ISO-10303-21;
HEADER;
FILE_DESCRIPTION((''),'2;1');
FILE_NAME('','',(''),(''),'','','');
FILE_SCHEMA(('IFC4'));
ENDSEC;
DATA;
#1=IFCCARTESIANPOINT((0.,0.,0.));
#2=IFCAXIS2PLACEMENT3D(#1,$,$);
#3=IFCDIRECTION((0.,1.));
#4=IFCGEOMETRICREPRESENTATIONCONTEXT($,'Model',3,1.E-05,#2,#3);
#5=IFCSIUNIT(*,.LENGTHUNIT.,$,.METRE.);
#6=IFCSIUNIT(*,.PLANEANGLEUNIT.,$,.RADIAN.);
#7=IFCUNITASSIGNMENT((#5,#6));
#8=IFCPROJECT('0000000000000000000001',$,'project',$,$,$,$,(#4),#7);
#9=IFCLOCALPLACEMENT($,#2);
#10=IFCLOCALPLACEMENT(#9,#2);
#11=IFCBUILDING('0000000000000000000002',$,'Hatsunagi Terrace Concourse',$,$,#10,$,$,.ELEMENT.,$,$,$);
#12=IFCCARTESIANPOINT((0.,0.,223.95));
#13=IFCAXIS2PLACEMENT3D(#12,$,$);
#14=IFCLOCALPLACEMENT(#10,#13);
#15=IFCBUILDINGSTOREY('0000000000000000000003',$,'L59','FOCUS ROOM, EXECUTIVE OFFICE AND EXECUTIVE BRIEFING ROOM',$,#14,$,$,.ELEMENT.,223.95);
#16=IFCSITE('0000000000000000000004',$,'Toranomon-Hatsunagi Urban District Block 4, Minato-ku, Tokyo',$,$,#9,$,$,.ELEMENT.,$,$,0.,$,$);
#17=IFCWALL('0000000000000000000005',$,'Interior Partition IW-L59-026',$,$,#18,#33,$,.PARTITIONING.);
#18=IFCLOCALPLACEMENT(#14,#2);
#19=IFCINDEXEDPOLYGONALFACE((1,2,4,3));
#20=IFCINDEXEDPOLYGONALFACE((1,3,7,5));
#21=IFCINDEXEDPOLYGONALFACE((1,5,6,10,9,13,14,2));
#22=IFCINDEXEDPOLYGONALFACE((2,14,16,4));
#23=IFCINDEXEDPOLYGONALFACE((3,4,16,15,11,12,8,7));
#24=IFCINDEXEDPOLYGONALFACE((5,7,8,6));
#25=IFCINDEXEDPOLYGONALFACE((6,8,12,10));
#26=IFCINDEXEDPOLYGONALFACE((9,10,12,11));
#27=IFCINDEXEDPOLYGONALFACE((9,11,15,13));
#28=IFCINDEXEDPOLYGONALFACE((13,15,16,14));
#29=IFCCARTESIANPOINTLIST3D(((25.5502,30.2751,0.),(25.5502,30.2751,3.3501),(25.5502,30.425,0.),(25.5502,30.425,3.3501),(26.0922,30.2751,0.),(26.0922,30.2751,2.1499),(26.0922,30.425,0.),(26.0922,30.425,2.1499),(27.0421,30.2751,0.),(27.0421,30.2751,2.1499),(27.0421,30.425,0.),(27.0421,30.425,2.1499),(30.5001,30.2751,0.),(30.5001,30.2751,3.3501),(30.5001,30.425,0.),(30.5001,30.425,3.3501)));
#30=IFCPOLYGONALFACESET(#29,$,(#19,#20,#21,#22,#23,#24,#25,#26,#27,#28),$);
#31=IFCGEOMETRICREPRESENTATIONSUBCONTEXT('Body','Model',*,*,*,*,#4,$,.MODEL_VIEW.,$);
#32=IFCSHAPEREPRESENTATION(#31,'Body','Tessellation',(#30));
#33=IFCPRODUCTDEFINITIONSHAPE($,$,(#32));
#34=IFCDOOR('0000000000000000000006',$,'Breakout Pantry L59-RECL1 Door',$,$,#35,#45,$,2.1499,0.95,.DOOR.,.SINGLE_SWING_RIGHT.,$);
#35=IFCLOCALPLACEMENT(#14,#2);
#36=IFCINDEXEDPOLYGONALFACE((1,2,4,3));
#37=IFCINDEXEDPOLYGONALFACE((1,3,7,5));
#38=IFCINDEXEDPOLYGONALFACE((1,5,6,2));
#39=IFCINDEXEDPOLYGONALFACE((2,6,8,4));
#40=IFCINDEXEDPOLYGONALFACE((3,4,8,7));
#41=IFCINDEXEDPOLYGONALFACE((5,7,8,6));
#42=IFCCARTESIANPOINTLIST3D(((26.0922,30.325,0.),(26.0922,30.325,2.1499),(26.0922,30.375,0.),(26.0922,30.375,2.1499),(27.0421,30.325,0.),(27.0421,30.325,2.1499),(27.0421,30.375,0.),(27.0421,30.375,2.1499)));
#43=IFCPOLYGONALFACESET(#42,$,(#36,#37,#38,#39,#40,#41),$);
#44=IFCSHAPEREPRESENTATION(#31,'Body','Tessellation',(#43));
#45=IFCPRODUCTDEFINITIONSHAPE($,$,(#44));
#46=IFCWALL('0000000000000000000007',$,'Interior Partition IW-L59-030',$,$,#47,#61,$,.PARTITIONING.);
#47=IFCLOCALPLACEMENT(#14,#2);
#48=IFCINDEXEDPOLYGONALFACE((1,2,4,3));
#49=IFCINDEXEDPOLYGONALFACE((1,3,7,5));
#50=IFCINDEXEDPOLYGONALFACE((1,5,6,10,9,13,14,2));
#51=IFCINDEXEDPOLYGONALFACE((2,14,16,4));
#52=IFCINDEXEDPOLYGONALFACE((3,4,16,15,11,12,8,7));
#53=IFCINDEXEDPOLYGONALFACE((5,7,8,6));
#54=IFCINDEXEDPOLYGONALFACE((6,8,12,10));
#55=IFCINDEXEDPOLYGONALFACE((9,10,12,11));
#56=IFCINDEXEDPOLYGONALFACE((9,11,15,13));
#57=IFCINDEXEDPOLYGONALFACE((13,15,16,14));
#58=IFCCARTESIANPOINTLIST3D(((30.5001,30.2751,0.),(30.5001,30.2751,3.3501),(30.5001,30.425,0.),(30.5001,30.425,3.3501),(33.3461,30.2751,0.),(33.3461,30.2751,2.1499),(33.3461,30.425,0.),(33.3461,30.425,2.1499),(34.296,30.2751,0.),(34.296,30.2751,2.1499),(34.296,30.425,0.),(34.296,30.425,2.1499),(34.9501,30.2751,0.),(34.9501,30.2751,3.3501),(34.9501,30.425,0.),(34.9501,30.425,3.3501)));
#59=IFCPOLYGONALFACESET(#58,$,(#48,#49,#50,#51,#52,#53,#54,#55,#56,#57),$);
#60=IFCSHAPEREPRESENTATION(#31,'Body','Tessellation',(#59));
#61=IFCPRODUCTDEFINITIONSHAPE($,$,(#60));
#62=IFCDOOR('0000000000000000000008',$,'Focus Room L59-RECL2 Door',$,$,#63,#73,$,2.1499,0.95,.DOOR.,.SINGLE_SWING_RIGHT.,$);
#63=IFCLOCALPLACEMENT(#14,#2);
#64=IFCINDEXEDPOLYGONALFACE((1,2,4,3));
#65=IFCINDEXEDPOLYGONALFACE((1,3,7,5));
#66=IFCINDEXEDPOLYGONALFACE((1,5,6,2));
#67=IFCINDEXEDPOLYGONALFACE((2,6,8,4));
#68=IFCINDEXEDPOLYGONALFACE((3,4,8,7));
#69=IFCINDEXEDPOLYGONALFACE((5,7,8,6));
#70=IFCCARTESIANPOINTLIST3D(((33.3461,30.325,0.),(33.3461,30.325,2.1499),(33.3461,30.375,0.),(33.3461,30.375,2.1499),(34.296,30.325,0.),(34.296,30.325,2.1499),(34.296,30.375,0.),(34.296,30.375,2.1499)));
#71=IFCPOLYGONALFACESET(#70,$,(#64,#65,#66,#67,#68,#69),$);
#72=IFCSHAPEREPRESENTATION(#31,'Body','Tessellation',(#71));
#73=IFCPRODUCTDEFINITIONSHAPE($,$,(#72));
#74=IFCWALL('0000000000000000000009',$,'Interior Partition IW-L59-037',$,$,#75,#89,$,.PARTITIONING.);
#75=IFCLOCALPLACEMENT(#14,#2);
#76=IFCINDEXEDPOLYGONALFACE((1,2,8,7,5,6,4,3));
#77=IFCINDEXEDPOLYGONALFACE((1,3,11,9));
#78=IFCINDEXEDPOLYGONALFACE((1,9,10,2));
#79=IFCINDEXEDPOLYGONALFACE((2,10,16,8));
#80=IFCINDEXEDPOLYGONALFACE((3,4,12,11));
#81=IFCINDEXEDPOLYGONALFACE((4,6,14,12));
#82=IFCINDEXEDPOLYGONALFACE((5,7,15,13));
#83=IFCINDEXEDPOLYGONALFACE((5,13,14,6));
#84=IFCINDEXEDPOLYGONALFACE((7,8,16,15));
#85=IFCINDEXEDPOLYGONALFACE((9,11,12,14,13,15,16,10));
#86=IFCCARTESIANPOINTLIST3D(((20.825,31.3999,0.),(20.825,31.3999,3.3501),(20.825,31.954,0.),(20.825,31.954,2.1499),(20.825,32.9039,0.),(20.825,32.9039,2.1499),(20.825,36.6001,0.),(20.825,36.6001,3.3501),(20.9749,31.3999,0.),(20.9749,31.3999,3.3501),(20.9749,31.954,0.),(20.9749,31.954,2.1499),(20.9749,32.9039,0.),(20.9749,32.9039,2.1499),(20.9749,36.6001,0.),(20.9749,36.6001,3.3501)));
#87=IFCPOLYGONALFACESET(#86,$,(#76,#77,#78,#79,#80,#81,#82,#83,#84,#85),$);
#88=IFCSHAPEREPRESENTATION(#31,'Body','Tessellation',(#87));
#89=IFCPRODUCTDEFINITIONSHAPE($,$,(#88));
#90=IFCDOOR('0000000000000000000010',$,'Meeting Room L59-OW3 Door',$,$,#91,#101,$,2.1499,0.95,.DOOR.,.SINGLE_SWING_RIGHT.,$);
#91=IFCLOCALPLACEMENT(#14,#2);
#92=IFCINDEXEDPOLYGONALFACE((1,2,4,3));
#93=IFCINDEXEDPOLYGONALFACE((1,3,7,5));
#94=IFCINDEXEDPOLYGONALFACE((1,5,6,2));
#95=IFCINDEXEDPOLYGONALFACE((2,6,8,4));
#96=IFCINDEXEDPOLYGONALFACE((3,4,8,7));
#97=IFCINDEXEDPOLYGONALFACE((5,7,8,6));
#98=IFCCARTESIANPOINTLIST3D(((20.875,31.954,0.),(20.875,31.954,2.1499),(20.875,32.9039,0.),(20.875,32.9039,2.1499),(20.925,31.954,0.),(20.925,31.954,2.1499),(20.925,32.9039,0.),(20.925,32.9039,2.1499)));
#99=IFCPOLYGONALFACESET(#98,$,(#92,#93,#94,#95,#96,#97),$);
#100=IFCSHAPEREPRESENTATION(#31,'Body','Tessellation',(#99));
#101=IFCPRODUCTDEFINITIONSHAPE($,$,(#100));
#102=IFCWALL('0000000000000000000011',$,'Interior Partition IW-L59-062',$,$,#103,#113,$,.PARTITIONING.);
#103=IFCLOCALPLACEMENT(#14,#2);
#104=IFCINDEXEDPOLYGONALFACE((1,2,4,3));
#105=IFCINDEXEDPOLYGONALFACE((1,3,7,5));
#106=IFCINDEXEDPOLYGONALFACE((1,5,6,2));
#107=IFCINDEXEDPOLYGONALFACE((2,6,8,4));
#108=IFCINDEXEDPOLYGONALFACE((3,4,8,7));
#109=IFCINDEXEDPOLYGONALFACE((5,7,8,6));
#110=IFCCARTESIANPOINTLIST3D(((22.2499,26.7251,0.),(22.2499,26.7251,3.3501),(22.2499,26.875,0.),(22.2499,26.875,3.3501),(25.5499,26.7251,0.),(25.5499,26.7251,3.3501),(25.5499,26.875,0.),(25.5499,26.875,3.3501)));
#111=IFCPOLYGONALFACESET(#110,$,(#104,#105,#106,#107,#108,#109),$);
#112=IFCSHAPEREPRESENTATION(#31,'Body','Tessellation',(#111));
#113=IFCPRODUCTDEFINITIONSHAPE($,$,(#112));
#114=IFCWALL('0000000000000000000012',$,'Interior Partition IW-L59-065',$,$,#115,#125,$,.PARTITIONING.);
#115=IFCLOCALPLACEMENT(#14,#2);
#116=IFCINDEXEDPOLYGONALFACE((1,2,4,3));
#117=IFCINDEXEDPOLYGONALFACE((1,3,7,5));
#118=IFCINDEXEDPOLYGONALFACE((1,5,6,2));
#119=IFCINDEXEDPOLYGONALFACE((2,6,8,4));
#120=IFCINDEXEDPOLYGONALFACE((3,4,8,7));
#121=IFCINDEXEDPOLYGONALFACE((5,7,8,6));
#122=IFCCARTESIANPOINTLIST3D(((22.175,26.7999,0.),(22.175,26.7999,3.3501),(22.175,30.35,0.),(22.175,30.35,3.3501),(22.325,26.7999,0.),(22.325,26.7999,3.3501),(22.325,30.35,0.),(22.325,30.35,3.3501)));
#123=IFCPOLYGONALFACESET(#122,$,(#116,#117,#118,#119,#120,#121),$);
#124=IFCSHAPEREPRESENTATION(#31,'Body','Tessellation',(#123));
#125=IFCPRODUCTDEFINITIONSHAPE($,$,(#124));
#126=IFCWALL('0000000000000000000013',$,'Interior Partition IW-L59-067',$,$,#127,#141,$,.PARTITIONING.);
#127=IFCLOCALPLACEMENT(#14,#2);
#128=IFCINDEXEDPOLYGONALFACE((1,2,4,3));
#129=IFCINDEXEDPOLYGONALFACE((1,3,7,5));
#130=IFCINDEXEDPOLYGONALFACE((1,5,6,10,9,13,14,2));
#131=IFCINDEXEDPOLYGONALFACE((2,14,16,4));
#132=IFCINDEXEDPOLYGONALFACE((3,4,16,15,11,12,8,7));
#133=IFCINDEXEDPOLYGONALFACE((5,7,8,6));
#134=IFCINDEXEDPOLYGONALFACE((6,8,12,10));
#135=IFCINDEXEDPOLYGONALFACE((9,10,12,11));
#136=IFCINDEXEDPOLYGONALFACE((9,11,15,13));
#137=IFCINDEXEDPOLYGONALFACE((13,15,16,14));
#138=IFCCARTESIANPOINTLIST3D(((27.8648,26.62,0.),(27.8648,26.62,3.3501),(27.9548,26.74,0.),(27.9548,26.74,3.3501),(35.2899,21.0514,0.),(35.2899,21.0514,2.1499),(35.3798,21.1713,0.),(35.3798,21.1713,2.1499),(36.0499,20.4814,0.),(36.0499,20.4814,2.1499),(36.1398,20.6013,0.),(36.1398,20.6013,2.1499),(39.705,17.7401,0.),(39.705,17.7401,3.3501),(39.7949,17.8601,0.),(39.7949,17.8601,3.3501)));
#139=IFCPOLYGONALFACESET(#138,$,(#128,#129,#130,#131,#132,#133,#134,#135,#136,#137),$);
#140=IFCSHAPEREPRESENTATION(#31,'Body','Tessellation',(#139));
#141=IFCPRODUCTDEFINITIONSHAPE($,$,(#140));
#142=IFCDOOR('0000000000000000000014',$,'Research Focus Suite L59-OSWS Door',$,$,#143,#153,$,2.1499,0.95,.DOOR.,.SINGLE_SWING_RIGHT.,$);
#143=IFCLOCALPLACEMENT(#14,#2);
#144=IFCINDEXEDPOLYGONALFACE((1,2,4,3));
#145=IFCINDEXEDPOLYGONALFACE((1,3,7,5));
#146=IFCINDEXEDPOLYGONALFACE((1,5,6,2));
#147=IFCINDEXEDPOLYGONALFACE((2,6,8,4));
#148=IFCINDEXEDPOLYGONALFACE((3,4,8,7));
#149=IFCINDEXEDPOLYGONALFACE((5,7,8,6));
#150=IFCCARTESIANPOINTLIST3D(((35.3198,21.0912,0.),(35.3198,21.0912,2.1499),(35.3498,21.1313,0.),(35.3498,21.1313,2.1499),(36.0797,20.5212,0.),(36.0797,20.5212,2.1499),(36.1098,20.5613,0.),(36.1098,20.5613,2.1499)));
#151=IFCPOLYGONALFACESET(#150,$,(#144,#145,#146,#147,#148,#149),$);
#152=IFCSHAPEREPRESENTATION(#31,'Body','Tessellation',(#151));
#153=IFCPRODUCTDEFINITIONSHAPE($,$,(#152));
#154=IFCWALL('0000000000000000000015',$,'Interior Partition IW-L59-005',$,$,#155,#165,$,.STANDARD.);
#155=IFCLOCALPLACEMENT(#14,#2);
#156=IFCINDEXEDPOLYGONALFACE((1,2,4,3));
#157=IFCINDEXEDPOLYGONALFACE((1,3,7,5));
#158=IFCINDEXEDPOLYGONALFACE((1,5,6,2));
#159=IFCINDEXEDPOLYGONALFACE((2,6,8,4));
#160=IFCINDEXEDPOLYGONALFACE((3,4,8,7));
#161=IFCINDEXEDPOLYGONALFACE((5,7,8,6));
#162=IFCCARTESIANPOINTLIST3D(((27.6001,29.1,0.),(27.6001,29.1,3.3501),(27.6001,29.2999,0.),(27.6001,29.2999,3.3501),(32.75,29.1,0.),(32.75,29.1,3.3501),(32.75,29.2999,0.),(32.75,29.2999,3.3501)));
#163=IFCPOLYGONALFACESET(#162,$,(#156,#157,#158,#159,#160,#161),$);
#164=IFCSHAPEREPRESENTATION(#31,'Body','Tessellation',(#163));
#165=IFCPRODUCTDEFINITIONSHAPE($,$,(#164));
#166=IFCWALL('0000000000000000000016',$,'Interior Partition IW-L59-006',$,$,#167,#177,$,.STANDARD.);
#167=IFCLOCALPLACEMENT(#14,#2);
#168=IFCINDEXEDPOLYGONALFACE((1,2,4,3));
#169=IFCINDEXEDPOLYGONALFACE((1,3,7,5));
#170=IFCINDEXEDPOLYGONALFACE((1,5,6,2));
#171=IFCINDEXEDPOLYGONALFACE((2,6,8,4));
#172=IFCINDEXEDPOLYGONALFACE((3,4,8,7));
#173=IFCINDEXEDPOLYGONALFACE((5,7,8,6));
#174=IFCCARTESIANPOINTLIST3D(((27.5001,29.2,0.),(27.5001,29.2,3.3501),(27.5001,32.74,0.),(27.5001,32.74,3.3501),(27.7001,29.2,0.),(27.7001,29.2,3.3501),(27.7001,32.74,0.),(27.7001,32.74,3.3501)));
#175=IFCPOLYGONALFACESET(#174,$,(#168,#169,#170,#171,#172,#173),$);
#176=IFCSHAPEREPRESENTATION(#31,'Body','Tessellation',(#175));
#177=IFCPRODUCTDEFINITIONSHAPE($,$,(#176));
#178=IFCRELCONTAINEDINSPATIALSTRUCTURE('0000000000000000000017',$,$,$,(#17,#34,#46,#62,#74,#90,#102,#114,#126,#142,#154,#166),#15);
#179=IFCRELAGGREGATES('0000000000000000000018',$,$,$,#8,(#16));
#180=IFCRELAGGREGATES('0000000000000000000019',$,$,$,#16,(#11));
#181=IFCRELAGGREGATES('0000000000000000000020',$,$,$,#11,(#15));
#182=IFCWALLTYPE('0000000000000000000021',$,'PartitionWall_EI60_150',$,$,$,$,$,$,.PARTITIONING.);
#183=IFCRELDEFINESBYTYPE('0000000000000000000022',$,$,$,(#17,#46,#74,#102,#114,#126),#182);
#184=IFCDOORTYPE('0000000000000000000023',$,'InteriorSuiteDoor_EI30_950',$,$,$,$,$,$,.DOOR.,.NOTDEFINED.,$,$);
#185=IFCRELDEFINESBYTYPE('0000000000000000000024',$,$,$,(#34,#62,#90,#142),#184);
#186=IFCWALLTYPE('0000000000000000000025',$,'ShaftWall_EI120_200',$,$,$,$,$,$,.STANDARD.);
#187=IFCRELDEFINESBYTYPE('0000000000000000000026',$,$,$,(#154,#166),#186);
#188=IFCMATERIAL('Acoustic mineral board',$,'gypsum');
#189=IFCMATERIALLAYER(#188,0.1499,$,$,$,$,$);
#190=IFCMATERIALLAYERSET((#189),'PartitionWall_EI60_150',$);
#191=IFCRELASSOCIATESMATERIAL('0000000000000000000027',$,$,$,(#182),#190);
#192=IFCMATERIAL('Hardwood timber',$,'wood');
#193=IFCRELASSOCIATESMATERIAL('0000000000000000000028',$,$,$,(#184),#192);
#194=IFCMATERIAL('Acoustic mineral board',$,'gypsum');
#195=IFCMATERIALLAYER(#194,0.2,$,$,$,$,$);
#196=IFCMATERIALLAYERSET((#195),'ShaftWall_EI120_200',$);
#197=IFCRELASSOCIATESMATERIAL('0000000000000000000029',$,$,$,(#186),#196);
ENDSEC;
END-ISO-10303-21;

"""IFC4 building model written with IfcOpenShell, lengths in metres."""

from ifc_helpers import new_model, si_unit, direction, frame, frame_2d, origin, place, context, subcontext, project, spatial, rectangle, extrude, material, layer, layer_set, type_object, element, fill, save


model = new_model("IFC4")

# Units and contexts
model_context = context("Model", 3, precision=1e-05, world=origin(), true_north=direction((0.0, 1.0)))
body_context = subcontext(model_context, "Body", "Model", "MODEL_VIEW")
ifc_project = project(units=[si_unit("LENGTHUNIT", "METRE"), si_unit("PLANEANGLEUNIT", "RADIAN")], contexts=[model_context])

# Site, building, storey
site_placement = place(None, origin())
site = spatial("IfcSite", under=ifc_project, at=site_placement, Name="Toranomon-Hatsunagi Urban District Block 4, Minato-ku, Tokyo", CompositionType="ELEMENT", RefElevation=0.0)
building_placement = place(site_placement, origin())
building = spatial("IfcBuilding", under=site, at=building_placement, Name="Hatsunagi Terrace Concourse", CompositionType="ELEMENT")
storey_placement = place(building_placement, frame((0.0, 0.0, 223.95)))
storey = spatial("IfcBuildingStorey", under=building, at=storey_placement, Name="L59", Description="FOCUS ROOM, EXECUTIVE OFFICE AND EXECUTIVE BRIEFING ROOM", CompositionType="ELEMENT", Elevation=223.95)

# Shared definitions
ifc_material_1 = material(Name="Acoustic mineral board", Category="gypsum")
ifc_layer_1 = layer(ifc_material_1, 0.1499)
ifc_layer_set_1 = layer_set([ifc_layer_1], Name="PartitionWall_EI60_150")
wall_type_1 = type_object("IfcWallType", Name="PartitionWall_EI60_150", PredefinedType="PARTITIONING", material=ifc_layer_set_1)

# Walls, openings, doors
wall_1_placement = place(storey_placement, frame((25.55, 30.3501, 0.0), z_axis=(0.0, 0.0, 1.0), x_axis=(1.0, 0.0, 0.0)))
wall_1 = element("IfcWall", 1, at=wall_1_placement, inside=storey, type_object=wall_type_1, Name="Interior Partition IW-L59-026", PredefinedType="PARTITIONING", context=body_context, shape_type="SweptSolid", body=[
    extrude(rectangle(XDim=4.95, YDim=0.1499, at=frame_2d((2.4751, 0.0))), origin(), (0.0, 0.0, 1.0), 3.3501),
])
opening_1_placement = place(wall_1_placement, frame((0.542, 0.0, 0.0)))
opening_1 = element("IfcOpeningElement", 2, at=opening_1_placement, cuts=wall_1, PredefinedType="OPENING", context=body_context, shape_type="SweptSolid", body=[
    extrude(rectangle(XDim=0.95, YDim=2.1499, at=frame_2d((0.4751, 1.075))), frame((0.0, 0.085, 0.0), z_axis=(0.0, -1.0, 0.0), x_axis=(1.0, 0.0, 0.0)), (0.0, 0.0, 1.0), 0.1699),
])
ifc_material_2 = material(Name="Hardwood timber", Category="wood")
door_type_1 = type_object("IfcDoorType", Name="InteriorSuiteDoor_EI30_950", OperationType="NOTDEFINED", PredefinedType="DOOR", material=ifc_material_2)
door_1_placement = place(opening_1_placement, origin())
door_1 = element("IfcDoor", 3, at=door_1_placement, inside=storey, type_object=door_type_1, Name="Breakout Pantry L59-RECL1 Door", OperationType="SINGLE_SWING_RIGHT", OverallHeight=2.1499, OverallWidth=0.95, PredefinedType="DOOR", context=body_context, shape_type="SweptSolid", body=[
    extrude(rectangle(XDim=0.95, YDim=2.1499, at=frame_2d((0.4751, 1.075))), frame((0.0, 0.0249, 0.0), z_axis=(0.0, -1.0, 0.0), x_axis=(1.0, 0.0, 0.0)), (0.0, 0.0, 1.0), 0.05),
])
fill(opening_1, door_1)
wall_2_placement = place(storey_placement, frame((30.5, 30.3501, 0.0), z_axis=(0.0, 0.0, 1.0), x_axis=(1.0, 0.0, 0.0)))
wall_2 = element("IfcWall", 4, at=wall_2_placement, inside=storey, type_object=wall_type_1, Name="Interior Partition IW-L59-030", PredefinedType="PARTITIONING", context=body_context, shape_type="SweptSolid", body=[
    extrude(rectangle(XDim=4.45, YDim=0.1499, at=frame_2d((2.2251, 0.0))), origin(), (0.0, 0.0, 1.0), 3.3501),
])
opening_2_placement = place(wall_2_placement, frame((2.8459, 0.0, 0.0)))
opening_2 = element("IfcOpeningElement", 5, at=opening_2_placement, cuts=wall_2, PredefinedType="OPENING", context=body_context, shape_type="SweptSolid", body=[
    extrude(rectangle(XDim=0.95, YDim=2.1499, at=frame_2d((0.4751, 1.075))), frame((0.0, 0.085, 0.0), z_axis=(0.0, -1.0, 0.0), x_axis=(1.0, 0.0, 0.0)), (0.0, 0.0, 1.0), 0.1699),
])
door_2_placement = place(opening_2_placement, origin())
door_2 = element("IfcDoor", 6, at=door_2_placement, inside=storey, type_object=door_type_1, Name="Focus Room L59-RECL2 Door", OperationType="SINGLE_SWING_RIGHT", OverallHeight=2.1499, OverallWidth=0.95, PredefinedType="DOOR", context=body_context, shape_type="SweptSolid", body=[
    extrude(rectangle(XDim=0.95, YDim=2.1499, at=frame_2d((0.4751, 1.075))), frame((0.0, 0.0249, 0.0), z_axis=(0.0, -1.0, 0.0), x_axis=(1.0, 0.0, 0.0)), (0.0, 0.0, 1.0), 0.05),
])
fill(opening_2, door_2)
wall_3_placement = place(storey_placement, frame((20.8999, 31.3999, 0.0), z_axis=(0.0, 0.0, 1.0), x_axis=(0.0, 1.0, 0.0)))
wall_3 = element("IfcWall", 7, at=wall_3_placement, inside=storey, type_object=wall_type_1, Name="Interior Partition IW-L59-037", PredefinedType="PARTITIONING", context=body_context, shape_type="SweptSolid", body=[
    extrude(rectangle(XDim=5.2002, YDim=0.1499, at=frame_2d((2.6001, 0.0))), origin(), (0.0, 0.0, 1.0), 3.3501),
])
opening_3_placement = place(wall_3_placement, frame((0.554, 0.0, 0.0)))
opening_3 = element("IfcOpeningElement", 8, at=opening_3_placement, cuts=wall_3, PredefinedType="OPENING", context=body_context, shape_type="SweptSolid", body=[
    extrude(rectangle(XDim=0.95, YDim=2.1499, at=frame_2d((0.4751, 1.075))), frame((0.0, 0.085, 0.0), z_axis=(0.0, -1.0, 0.0), x_axis=(1.0, 0.0, 0.0)), (0.0, 0.0, 1.0), 0.1699),
])
door_3_placement = place(opening_3_placement, origin())
door_3 = element("IfcDoor", 9, at=door_3_placement, inside=storey, type_object=door_type_1, Name="Meeting Room L59-OW3 Door", OperationType="SINGLE_SWING_RIGHT", OverallHeight=2.1499, OverallWidth=0.95, PredefinedType="DOOR", context=body_context, shape_type="SweptSolid", body=[
    extrude(rectangle(XDim=0.95, YDim=2.1499, at=frame_2d((0.4751, 1.075))), frame((0.0, 0.0249, 0.0), z_axis=(0.0, -1.0, 0.0), x_axis=(1.0, 0.0, 0.0)), (0.0, 0.0, 1.0), 0.05),
])
fill(opening_3, door_3)

# Wall
wall_4_placement = place(storey_placement, frame((22.25, 26.8, 0.0), z_axis=(0.0, 0.0, 1.0), x_axis=(1.0, 0.0, 0.0)))
element("IfcWall", 10, at=wall_4_placement, inside=storey, type_object=wall_type_1, Name="Interior Partition IW-L59-062", PredefinedType="PARTITIONING", context=body_context, shape_type="SweptSolid", body=[
    extrude(rectangle(XDim=3.3, YDim=0.1499, at=frame_2d((1.6499, 0.0))), origin(), (0.0, 0.0, 1.0), 3.3501),
])

# Wall
wall_5_placement = place(storey_placement, frame((22.25, 26.8, 0.0), z_axis=(0.0, 0.0, 1.0), x_axis=(0.0, 1.0, 0.0)))
element("IfcWall", 11, at=wall_5_placement, inside=storey, type_object=wall_type_1, Name="Interior Partition IW-L59-065", PredefinedType="PARTITIONING", context=body_context, shape_type="SweptSolid", body=[
    extrude(rectangle(XDim=3.55, YDim=0.1499, at=frame_2d((1.7749, 0.0))), origin(), (0.0, 0.0, 1.0), 3.3501),
])

# Wall, opening, door
wall_6_placement = place(storey_placement, frame((27.9099, 26.6799, 0.0), z_axis=(0.0, 0.0, 1.0), x_axis=(0.800006, -0.599992, 0.0)))
wall_6 = element("IfcWall", 12, at=wall_6_placement, inside=storey, type_object=wall_type_1, Name="Interior Partition IW-L59-067", PredefinedType="PARTITIONING", context=body_context, shape_type="SweptSolid", body=[
    extrude(rectangle(XDim=14.8, YDim=0.1499, at=frame_2d((7.3999, 0.0))), origin(), (0.0, 0.0, 1.0), 3.3501),
])
opening_4_placement = place(wall_6_placement, frame((9.281, 0.0, 0.0)))
opening_4 = element("IfcOpeningElement", 13, at=opening_4_placement, cuts=wall_6, PredefinedType="OPENING", context=body_context, shape_type="SweptSolid", body=[
    extrude(rectangle(XDim=0.95, YDim=2.1499, at=frame_2d((0.4751, 1.075))), frame((0.0, 0.085, 0.0), z_axis=(0.0, -1.0, 0.0), x_axis=(1.0, 0.0, 0.0)), (0.0, 0.0, 1.0), 0.1699),
])
door_4_placement = place(opening_4_placement, origin())
door_4 = element("IfcDoor", 14, at=door_4_placement, inside=storey, type_object=door_type_1, Name="Research Focus Suite L59-OSWS Door", OperationType="SINGLE_SWING_RIGHT", OverallHeight=2.1499, OverallWidth=0.95, PredefinedType="DOOR", context=body_context, shape_type="SweptSolid", body=[
    extrude(rectangle(XDim=0.95, YDim=2.1499, at=frame_2d((0.4751, 1.075))), frame((0.0, 0.0249, 0.0), z_axis=(0.0, -1.0, 0.0), x_axis=(1.0, 0.0, 0.0)), (0.0, 0.0, 1.0), 0.05),
])
fill(opening_4, door_4)

# Walls
ifc_material_3 = material(Name="Acoustic mineral board", Category="gypsum")
ifc_layer_2 = layer(ifc_material_3, 0.2)
ifc_layer_set_2 = layer_set([ifc_layer_2], Name="ShaftWall_EI120_200")
wall_type_2 = type_object("IfcWallType", Name="ShaftWall_EI120_200", PredefinedType="STANDARD", material=ifc_layer_set_2)
wall_7_placement = place(storey_placement, frame((27.6001, 29.2, 0.0), z_axis=(0.0, 0.0, 1.0), x_axis=(1.0, 0.0, 0.0)))
element("IfcWall", 15, at=wall_7_placement, inside=storey, type_object=wall_type_2, Name="Interior Partition IW-L59-005", PredefinedType="STANDARD", context=body_context, shape_type="SweptSolid", body=[
    extrude(rectangle(XDim=5.1499, YDim=0.2, at=frame_2d((2.575, 0.0))), origin(), (0.0, 0.0, 1.0), 3.3501),
])
wall_8_placement = place(storey_placement, frame((27.6001, 29.2, 0.0), z_axis=(0.0, 0.0, 1.0), x_axis=(0.0, 1.0, 0.0)))
element("IfcWall", 16, at=wall_8_placement, inside=storey, type_object=wall_type_2, Name="Interior Partition IW-L59-006", PredefinedType="STANDARD", context=body_context, shape_type="SweptSolid", body=[
    extrude(rectangle(XDim=3.54, YDim=0.2, at=frame_2d((1.77, 0.0))), origin(), (0.0, 0.0, 1.0), 3.3501),
])

save(model, "model.ifc")
